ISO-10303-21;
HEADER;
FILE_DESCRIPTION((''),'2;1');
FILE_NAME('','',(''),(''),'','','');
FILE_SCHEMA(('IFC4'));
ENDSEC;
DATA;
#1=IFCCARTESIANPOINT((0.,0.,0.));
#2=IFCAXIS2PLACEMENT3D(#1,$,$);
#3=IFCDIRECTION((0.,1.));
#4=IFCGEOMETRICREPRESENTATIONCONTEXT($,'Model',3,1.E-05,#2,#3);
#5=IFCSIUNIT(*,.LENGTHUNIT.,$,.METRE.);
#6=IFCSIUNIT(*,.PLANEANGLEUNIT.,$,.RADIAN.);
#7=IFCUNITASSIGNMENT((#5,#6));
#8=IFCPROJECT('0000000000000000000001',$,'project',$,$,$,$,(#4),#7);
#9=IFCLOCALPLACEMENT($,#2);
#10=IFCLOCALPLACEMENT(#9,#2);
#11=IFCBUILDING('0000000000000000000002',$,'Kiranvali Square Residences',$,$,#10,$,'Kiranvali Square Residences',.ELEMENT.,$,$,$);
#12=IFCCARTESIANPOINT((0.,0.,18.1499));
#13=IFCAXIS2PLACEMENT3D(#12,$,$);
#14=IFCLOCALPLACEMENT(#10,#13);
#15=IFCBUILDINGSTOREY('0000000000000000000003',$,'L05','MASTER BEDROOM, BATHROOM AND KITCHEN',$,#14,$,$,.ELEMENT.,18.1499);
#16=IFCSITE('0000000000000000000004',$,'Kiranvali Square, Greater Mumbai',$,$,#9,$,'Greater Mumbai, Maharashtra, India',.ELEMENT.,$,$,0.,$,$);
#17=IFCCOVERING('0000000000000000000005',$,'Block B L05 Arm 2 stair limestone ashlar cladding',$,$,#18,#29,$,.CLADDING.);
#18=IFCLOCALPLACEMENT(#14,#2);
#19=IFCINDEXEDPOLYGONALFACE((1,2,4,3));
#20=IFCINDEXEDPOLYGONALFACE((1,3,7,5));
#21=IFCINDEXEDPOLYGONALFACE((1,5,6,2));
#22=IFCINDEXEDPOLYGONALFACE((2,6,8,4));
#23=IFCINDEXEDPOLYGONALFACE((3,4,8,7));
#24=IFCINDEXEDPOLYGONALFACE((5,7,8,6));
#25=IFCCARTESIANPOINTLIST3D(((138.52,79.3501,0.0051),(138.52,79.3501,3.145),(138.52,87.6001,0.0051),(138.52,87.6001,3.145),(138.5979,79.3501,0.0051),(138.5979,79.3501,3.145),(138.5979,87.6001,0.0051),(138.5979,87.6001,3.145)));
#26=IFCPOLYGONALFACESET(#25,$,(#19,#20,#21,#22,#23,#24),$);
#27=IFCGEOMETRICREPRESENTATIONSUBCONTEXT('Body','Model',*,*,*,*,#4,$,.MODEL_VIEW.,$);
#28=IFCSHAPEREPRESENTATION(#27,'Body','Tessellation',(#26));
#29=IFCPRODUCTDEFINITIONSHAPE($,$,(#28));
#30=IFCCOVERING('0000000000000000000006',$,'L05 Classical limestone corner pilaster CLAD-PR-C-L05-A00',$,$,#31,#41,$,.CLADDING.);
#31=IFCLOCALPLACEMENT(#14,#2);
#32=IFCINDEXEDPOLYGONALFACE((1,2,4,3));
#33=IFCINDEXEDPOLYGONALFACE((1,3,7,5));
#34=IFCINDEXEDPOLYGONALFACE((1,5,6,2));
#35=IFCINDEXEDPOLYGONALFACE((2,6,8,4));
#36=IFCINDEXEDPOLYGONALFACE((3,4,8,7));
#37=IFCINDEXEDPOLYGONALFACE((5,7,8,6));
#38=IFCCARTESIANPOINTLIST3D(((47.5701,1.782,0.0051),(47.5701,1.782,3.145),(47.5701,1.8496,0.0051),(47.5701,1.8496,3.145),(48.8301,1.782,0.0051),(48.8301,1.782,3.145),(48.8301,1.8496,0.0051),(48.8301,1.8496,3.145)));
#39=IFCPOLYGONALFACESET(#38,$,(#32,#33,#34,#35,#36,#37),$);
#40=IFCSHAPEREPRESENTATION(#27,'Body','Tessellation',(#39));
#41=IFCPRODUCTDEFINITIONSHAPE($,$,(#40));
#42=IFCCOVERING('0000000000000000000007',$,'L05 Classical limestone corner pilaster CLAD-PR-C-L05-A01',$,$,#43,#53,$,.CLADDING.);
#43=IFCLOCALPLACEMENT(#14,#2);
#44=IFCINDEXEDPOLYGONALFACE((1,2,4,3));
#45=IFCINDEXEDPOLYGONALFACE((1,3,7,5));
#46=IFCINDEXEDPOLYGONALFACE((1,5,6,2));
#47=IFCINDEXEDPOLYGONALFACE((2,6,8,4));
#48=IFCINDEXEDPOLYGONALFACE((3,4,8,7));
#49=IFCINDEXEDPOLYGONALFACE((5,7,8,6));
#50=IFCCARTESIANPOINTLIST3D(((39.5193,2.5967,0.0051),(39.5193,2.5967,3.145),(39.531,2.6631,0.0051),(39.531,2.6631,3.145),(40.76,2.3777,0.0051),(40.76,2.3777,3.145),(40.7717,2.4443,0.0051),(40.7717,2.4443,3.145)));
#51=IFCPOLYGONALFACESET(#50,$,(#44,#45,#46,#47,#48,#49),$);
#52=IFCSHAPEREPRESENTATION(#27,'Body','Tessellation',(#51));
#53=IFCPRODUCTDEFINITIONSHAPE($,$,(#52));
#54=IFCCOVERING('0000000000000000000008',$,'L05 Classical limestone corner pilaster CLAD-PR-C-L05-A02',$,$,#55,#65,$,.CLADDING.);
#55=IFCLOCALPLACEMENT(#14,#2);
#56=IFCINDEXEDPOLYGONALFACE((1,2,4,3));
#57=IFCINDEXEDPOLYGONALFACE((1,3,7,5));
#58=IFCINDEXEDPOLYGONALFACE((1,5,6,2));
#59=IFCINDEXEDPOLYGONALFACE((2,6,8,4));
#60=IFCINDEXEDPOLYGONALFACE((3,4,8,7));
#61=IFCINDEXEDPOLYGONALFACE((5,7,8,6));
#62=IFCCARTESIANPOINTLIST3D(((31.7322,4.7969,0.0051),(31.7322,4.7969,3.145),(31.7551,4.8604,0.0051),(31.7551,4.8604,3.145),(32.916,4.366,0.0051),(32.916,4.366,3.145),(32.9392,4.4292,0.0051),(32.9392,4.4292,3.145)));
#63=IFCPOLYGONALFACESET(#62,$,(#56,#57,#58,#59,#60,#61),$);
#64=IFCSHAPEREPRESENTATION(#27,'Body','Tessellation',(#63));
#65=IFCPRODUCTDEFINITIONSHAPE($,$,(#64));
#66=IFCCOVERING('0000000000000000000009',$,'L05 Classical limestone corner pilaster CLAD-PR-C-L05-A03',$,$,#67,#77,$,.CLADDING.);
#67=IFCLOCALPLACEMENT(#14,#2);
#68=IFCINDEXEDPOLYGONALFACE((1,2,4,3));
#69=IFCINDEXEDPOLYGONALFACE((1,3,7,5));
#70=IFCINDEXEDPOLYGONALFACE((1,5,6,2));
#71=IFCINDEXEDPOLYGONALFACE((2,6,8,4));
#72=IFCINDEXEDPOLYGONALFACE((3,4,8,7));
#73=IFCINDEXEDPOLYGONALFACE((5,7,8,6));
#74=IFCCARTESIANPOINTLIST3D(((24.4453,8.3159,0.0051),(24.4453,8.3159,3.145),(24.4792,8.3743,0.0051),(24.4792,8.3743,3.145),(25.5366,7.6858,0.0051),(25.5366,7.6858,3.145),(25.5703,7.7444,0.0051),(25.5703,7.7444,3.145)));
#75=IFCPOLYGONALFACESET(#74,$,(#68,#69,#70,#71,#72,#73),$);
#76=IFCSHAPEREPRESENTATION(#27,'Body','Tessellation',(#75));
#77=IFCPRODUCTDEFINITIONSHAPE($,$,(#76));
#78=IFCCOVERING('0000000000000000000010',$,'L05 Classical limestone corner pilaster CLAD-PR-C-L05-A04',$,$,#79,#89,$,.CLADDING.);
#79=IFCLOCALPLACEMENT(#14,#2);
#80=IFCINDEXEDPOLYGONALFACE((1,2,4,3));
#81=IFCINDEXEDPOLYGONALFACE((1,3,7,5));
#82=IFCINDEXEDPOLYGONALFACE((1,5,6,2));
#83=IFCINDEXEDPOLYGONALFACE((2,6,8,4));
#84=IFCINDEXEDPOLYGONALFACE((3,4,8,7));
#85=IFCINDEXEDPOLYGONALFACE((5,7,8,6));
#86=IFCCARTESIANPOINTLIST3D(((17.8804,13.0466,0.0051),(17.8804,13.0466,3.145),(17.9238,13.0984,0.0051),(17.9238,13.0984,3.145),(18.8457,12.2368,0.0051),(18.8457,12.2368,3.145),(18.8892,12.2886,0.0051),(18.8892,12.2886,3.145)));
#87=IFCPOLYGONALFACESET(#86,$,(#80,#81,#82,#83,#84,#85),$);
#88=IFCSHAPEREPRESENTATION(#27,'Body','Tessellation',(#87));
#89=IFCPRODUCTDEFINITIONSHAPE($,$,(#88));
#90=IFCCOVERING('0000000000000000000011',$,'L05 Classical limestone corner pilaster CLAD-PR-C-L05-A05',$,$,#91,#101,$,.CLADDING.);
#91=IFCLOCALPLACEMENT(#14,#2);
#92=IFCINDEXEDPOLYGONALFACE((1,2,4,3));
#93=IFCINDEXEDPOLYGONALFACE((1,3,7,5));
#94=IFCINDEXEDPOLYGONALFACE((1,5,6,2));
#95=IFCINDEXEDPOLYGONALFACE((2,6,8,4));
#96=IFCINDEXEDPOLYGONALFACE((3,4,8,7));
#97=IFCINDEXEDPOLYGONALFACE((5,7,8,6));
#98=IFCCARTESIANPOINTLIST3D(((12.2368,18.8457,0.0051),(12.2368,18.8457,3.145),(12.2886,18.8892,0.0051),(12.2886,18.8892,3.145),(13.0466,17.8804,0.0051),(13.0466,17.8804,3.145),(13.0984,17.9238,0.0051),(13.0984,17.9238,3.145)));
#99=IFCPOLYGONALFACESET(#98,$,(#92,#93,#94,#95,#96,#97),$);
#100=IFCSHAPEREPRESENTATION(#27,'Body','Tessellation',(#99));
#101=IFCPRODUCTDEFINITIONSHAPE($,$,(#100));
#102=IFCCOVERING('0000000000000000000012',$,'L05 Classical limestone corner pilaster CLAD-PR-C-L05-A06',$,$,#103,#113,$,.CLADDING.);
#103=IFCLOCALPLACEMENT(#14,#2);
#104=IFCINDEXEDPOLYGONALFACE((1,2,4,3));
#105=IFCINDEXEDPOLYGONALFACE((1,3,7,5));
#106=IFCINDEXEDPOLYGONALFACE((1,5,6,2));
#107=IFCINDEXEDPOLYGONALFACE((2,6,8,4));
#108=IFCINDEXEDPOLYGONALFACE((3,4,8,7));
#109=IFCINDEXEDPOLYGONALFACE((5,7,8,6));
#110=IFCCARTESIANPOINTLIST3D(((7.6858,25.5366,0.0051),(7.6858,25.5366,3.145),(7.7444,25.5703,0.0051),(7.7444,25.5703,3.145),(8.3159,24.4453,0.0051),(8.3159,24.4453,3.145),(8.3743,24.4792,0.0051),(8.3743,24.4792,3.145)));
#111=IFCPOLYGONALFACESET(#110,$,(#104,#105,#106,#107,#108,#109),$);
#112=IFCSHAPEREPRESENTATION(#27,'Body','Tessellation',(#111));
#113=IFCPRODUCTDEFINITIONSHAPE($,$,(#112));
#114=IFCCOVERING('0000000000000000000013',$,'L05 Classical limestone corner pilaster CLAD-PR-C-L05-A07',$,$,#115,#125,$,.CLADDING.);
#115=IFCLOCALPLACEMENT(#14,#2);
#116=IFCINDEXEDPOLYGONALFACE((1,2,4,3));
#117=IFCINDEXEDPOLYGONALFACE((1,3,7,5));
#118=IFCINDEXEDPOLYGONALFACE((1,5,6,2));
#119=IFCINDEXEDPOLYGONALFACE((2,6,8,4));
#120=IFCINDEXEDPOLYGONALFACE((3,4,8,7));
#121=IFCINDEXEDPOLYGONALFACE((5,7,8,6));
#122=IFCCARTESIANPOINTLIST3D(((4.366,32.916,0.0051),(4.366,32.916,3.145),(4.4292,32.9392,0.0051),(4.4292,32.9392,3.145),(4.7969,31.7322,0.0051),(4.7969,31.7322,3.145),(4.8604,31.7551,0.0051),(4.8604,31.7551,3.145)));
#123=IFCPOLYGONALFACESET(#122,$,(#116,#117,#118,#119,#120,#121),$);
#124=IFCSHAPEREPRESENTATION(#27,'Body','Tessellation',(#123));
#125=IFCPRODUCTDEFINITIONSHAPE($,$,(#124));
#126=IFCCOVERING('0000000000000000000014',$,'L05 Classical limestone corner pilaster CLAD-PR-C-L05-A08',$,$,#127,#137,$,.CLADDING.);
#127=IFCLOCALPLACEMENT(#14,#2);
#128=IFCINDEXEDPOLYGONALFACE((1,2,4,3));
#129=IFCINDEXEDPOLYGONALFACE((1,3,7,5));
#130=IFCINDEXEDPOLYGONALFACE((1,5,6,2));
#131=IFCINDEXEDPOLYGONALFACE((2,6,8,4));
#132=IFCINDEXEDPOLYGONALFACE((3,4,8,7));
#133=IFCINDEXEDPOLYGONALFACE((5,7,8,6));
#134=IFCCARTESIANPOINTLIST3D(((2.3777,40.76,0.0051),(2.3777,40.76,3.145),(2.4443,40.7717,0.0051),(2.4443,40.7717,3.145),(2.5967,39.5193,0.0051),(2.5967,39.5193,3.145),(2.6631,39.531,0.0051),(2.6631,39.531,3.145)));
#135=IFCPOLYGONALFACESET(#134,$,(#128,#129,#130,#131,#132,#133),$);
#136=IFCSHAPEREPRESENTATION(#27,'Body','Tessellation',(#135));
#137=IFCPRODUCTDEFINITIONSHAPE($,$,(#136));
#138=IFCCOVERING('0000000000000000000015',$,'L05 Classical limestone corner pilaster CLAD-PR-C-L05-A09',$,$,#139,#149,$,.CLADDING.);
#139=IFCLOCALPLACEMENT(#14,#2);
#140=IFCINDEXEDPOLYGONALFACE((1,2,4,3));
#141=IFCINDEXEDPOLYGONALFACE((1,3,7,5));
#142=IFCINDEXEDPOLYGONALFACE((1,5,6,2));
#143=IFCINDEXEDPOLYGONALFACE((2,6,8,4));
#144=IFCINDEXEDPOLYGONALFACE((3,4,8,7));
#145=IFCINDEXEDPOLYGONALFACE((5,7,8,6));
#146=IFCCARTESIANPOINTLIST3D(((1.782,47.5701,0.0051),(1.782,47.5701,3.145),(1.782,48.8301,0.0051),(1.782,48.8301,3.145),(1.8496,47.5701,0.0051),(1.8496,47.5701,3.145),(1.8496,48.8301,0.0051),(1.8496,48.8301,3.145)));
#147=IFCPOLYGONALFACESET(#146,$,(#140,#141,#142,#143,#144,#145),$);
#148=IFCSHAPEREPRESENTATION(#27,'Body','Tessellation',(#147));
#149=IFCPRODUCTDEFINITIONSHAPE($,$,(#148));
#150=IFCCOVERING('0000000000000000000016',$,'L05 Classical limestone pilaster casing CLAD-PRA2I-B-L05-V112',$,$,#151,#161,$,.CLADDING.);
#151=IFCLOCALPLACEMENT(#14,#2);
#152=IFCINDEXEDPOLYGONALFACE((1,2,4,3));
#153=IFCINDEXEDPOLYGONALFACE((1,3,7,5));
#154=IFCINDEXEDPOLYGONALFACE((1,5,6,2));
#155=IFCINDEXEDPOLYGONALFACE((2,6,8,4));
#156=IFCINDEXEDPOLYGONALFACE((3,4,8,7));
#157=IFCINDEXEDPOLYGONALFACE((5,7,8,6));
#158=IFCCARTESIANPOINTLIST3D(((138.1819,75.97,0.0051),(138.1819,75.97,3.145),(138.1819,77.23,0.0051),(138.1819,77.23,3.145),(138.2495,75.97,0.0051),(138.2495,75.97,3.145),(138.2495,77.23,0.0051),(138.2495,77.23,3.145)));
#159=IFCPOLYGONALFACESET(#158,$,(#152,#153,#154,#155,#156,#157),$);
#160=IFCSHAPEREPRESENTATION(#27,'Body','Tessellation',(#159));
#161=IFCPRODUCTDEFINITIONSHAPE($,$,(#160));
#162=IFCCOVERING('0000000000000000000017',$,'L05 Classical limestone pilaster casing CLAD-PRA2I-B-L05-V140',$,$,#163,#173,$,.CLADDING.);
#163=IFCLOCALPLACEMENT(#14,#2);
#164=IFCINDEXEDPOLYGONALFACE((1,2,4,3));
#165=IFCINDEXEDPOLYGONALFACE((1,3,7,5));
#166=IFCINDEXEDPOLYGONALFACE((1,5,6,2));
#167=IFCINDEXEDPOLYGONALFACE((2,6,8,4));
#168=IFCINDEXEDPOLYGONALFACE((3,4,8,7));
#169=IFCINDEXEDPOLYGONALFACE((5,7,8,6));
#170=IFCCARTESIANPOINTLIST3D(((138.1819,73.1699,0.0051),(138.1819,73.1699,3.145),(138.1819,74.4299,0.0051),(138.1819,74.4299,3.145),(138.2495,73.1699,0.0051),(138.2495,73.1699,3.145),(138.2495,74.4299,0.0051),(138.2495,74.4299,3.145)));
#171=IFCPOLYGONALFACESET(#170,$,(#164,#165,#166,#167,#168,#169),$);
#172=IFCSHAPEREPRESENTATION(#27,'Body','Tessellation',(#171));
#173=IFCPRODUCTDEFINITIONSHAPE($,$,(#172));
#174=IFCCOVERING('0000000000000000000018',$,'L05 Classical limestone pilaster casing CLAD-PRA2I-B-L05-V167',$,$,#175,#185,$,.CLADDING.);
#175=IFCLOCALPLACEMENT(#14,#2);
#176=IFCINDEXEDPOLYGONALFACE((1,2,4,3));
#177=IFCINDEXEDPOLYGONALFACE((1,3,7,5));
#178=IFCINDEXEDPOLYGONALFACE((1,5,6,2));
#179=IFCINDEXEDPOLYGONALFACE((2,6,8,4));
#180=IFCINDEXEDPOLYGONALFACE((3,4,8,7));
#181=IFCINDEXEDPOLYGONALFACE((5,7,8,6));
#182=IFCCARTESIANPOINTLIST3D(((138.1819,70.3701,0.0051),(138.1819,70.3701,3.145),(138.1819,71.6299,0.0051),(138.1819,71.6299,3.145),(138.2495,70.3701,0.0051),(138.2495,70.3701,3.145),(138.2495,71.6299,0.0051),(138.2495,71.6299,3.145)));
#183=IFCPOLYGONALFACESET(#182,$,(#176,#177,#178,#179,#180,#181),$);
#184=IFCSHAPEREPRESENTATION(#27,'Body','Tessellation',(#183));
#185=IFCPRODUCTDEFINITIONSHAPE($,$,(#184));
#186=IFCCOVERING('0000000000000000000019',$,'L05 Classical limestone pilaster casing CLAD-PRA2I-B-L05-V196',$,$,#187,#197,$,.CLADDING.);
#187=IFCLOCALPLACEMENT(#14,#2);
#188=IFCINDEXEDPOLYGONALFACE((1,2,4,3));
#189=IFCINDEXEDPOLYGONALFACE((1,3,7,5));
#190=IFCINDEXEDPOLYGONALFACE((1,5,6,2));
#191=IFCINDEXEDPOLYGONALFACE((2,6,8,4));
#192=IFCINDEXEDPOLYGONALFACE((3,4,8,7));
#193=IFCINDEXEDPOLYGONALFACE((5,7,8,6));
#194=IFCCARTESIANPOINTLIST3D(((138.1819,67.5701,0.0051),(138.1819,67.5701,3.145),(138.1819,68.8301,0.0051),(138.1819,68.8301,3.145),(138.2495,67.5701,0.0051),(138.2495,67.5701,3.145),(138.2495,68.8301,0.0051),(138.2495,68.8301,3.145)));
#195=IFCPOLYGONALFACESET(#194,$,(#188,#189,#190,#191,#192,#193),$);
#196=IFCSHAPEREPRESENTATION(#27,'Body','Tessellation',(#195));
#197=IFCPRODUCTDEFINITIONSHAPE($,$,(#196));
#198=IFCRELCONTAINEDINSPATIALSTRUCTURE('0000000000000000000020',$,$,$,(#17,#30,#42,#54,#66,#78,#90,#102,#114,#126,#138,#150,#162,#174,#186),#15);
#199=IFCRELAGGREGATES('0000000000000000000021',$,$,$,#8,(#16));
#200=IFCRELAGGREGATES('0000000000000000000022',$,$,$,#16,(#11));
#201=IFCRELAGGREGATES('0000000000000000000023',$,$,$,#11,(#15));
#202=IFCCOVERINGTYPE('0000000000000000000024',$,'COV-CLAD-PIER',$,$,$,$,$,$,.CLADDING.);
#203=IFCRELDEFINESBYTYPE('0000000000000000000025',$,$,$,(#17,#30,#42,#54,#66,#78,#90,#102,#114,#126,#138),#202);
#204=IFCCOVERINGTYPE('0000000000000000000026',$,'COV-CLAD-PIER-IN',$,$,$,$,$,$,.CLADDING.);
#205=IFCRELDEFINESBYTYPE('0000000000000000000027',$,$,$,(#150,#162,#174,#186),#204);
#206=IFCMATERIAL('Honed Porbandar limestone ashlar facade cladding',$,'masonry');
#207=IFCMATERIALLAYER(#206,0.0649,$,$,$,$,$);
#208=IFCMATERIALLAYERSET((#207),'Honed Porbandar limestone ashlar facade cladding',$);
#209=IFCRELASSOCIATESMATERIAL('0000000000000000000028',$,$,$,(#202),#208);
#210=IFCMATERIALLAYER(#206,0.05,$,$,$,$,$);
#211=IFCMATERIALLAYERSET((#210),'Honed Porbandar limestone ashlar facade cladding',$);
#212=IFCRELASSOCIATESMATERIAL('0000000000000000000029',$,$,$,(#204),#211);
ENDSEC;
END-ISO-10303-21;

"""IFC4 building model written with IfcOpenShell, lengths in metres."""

from ifc_helpers import new_model, si_unit, direction, frame, origin, place, context, subcontext, project, spatial, polyline, outline, extrude, material, layer, layer_set, type_object, element, save


model = new_model("IFC4")

# Units and contexts
model_context = context("Model", 3, precision=1e-05, world=origin(), true_north=direction((0.0, 1.0)))
body_context = subcontext(model_context, "Body", "Model", "MODEL_VIEW")
ifc_project = project(units=[si_unit("LENGTHUNIT", "METRE"), si_unit("PLANEANGLEUNIT", "RADIAN")], contexts=[model_context])

# Site, building, storey
site_placement = place(None, origin())
site = spatial("IfcSite", under=ifc_project, at=site_placement, Name="Kiranvali Square, Greater Mumbai", LongName="Greater Mumbai, Maharashtra, India", CompositionType="ELEMENT", RefElevation=0.0)
building_placement = place(site_placement, origin())
building = spatial("IfcBuilding", under=site, at=building_placement, Name="Kiranvali Square Residences", LongName="Kiranvali Square Residences", CompositionType="ELEMENT")
storey_placement = place(building_placement, frame((0.0, 0.0, 18.1499)))
storey = spatial("IfcBuildingStorey", under=building, at=storey_placement, Name="L05", Description="MASTER BEDROOM, BATHROOM AND KITCHEN", CompositionType="ELEMENT", Elevation=18.1499)

# Coverings
ifc_material = material(Name="Honed Porbandar limestone ashlar facade cladding", Category="masonry")
ifc_layer_1 = layer(ifc_material, 0.0649)
ifc_layer_set_1 = layer_set([ifc_layer_1], Name="Honed Porbandar limestone ashlar facade cladding")
covering_type_1 = type_object("IfcCoveringType", Name="COV-CLAD-PIER", PredefinedType="CLADDING", material=ifc_layer_set_1)
covering_1_placement = place(storey_placement, frame((0.0, 0.0, 0.0051)))
element("IfcCovering", 1, at=covering_1_placement, inside=storey, type_object=covering_type_1, Name="Block B L05 Arm 2 stair limestone ashlar cladding", PredefinedType="CLADDING", context=body_context, shape_type="SweptSolid", body=[
    extrude(outline(polyline([(138.52, 87.6001), (138.52, 79.3501), (138.5979, 79.3501), (138.5979, 87.6001), (138.52, 87.6001)])), origin(), (0.0, 0.0, 1.0), 3.1399),
])
covering_2_placement = place(storey_placement, frame((0.0, 0.0, 0.0051)))
element("IfcCovering", 2, at=covering_2_placement, inside=storey, type_object=covering_type_1, Name="L05 Classical limestone corner pilaster CLAD-PR-C-L05-A00", PredefinedType="CLADDING", context=body_context, shape_type="SweptSolid", body=[
    extrude(outline(polyline([(47.5701, 1.782), (48.8301, 1.782), (48.8301, 1.8496), (47.5701, 1.8496), (47.5701, 1.782)])), origin(), (0.0, 0.0, 1.0), 3.1399),
])
covering_3_placement = place(storey_placement, frame((0.0, 0.0, 0.0051)))
element("IfcCovering", 3, at=covering_3_placement, inside=storey, type_object=covering_type_1, Name="L05 Classical limestone corner pilaster CLAD-PR-C-L05-A01", PredefinedType="CLADDING", context=body_context, shape_type="SweptSolid", body=[
    extrude(outline(polyline([(39.5193, 2.5967), (40.76, 2.3777), (40.7717, 2.4443), (39.531, 2.6631), (39.5193, 2.5967)])), origin(), (0.0, 0.0, 1.0), 3.1399),
])
covering_4_placement = place(storey_placement, frame((0.0, 0.0, 0.0051)))
element("IfcCovering", 4, at=covering_4_placement, inside=storey, type_object=covering_type_1, Name="L05 Classical limestone corner pilaster CLAD-PR-C-L05-A02", PredefinedType="CLADDING", context=body_context, shape_type="SweptSolid", body=[
    extrude(outline(polyline([(31.7322, 4.7969), (32.916, 4.366), (32.9392, 4.4292), (31.7551, 4.8604), (31.7322, 4.7969)])), origin(), (0.0, 0.0, 1.0), 3.1399),
])
covering_5_placement = place(storey_placement, frame((0.0, 0.0, 0.0051)))
element("IfcCovering", 5, at=covering_5_placement, inside=storey, type_object=covering_type_1, Name="L05 Classical limestone corner pilaster CLAD-PR-C-L05-A03", PredefinedType="CLADDING", context=body_context, shape_type="SweptSolid", body=[
    extrude(outline(polyline([(24.4453, 8.3159), (25.5366, 7.6858), (25.5703, 7.7444), (24.4792, 8.3743), (24.4453, 8.3159)])), origin(), (0.0, 0.0, 1.0), 3.1399),
])
covering_6_placement = place(storey_placement, frame((0.0, 0.0, 0.0051)))
element("IfcCovering", 6, at=covering_6_placement, inside=storey, type_object=covering_type_1, Name="L05 Classical limestone corner pilaster CLAD-PR-C-L05-A04", PredefinedType="CLADDING", context=body_context, shape_type="SweptSolid", body=[
    extrude(outline(polyline([(17.8804, 13.0466), (18.8457, 12.2368), (18.8892, 12.2886), (17.9238, 13.0984), (17.8804, 13.0466)])), origin(), (0.0, 0.0, 1.0), 3.1399),
])
covering_7_placement = place(storey_placement, frame((0.0, 0.0, 0.0051)))
element("IfcCovering", 7, at=covering_7_placement, inside=storey, type_object=covering_type_1, Name="L05 Classical limestone corner pilaster CLAD-PR-C-L05-A05", PredefinedType="CLADDING", context=body_context, shape_type="SweptSolid", body=[
    extrude(outline(polyline([(12.2368, 18.8457), (13.0466, 17.8804), (13.0984, 17.9238), (12.2886, 18.8892), (12.2368, 18.8457)])), origin(), (0.0, 0.0, 1.0), 3.1399),
])
covering_8_placement = place(storey_placement, frame((0.0, 0.0, 0.0051)))
element("IfcCovering", 8, at=covering_8_placement, inside=storey, type_object=covering_type_1, Name="L05 Classical limestone corner pilaster CLAD-PR-C-L05-A06", PredefinedType="CLADDING", context=body_context, shape_type="SweptSolid", body=[
    extrude(outline(polyline([(7.6858, 25.5366), (8.3159, 24.4453), (8.3743, 24.4792), (7.7444, 25.5703), (7.6858, 25.5366)])), origin(), (0.0, 0.0, 1.0), 3.1399),
])
covering_9_placement = place(storey_placement, frame((0.0, 0.0, 0.0051)))
element("IfcCovering", 9, at=covering_9_placement, inside=storey, type_object=covering_type_1, Name="L05 Classical limestone corner pilaster CLAD-PR-C-L05-A07", PredefinedType="CLADDING", context=body_context, shape_type="SweptSolid", body=[
    extrude(outline(polyline([(4.366, 32.916), (4.7969, 31.7322), (4.8604, 31.7551), (4.4292, 32.9392), (4.366, 32.916)])), origin(), (0.0, 0.0, 1.0), 3.1399),
])
covering_10_placement = place(storey_placement, frame((0.0, 0.0, 0.0051)))
element("IfcCovering", 10, at=covering_10_placement, inside=storey, type_object=covering_type_1, Name="L05 Classical limestone corner pilaster CLAD-PR-C-L05-A08", PredefinedType="CLADDING", context=body_context, shape_type="SweptSolid", body=[
    extrude(outline(polyline([(2.3777, 40.76), (2.5967, 39.5193), (2.6631, 39.531), (2.4443, 40.7717), (2.3777, 40.76)])), origin(), (0.0, 0.0, 1.0), 3.1399),
])
covering_11_placement = place(storey_placement, frame((0.0, 0.0, 0.0051)))
element("IfcCovering", 11, at=covering_11_placement, inside=storey, type_object=covering_type_1, Name="L05 Classical limestone corner pilaster CLAD-PR-C-L05-A09", PredefinedType="CLADDING", context=body_context, shape_type="SweptSolid", body=[
    extrude(outline(polyline([(1.782, 48.8301), (1.782, 47.5701), (1.8496, 47.5701), (1.8496, 48.8301), (1.782, 48.8301)])), origin(), (0.0, 0.0, 1.0), 3.1399),
])
ifc_layer_2 = layer(ifc_material, 0.05)
ifc_layer_set_2 = layer_set([ifc_layer_2], Name="Honed Porbandar limestone ashlar facade cladding")
covering_type_2 = type_object("IfcCoveringType", Name="COV-CLAD-PIER-IN", PredefinedType="CLADDING", material=ifc_layer_set_2)
covering_12_placement = place(storey_placement, frame((0.0, 0.0, 0.0051)))
element("IfcCovering", 12, at=covering_12_placement, inside=storey, type_object=covering_type_2, Name="L05 Classical limestone pilaster casing CLAD-PRA2I-B-L05-V112", PredefinedType="CLADDING", context=body_context, shape_type="SweptSolid", body=[
    extrude(outline(polyline([(138.1819, 77.23), (138.1819, 75.97), (138.2495, 75.97), (138.2495, 77.23), (138.1819, 77.23)])), origin(), (0.0, 0.0, 1.0), 3.1399),
])
covering_13_placement = place(storey_placement, frame((0.0, 0.0, 0.0051)))
element("IfcCovering", 13, at=covering_13_placement, inside=storey, type_object=covering_type_2, Name="L05 Classical limestone pilaster casing CLAD-PRA2I-B-L05-V140", PredefinedType="CLADDING", context=body_context, shape_type="SweptSolid", body=[
    extrude(outline(polyline([(138.1819, 74.4299), (138.1819, 73.1699), (138.2495, 73.1699), (138.2495, 74.4299), (138.1819, 74.4299)])), origin(), (0.0, 0.0, 1.0), 3.1399),
])
covering_14_placement = place(storey_placement, frame((0.0, 0.0, 0.0051)))
element("IfcCovering", 14, at=covering_14_placement, inside=storey, type_object=covering_type_2, Name="L05 Classical limestone pilaster casing CLAD-PRA2I-B-L05-V167", PredefinedType="CLADDING", context=body_context, shape_type="SweptSolid", body=[
    extrude(outline(polyline([(138.1819, 71.6299), (138.1819, 70.3701), (138.2495, 70.3701), (138.2495, 71.6299), (138.1819, 71.6299)])), origin(), (0.0, 0.0, 1.0), 3.1399),
])
covering_15_placement = place(storey_placement, frame((0.0, 0.0, 0.0051)))
element("IfcCovering", 15, at=covering_15_placement, inside=storey, type_object=covering_type_2, Name="L05 Classical limestone pilaster casing CLAD-PRA2I-B-L05-V196", PredefinedType="CLADDING", context=body_context, shape_type="SweptSolid", body=[
    extrude(outline(polyline([(138.1819, 68.8301), (138.1819, 67.5701), (138.2495, 67.5701), (138.2495, 68.8301), (138.1819, 68.8301)])), origin(), (0.0, 0.0, 1.0), 3.1399),
])

save(model, "model.ifc")
